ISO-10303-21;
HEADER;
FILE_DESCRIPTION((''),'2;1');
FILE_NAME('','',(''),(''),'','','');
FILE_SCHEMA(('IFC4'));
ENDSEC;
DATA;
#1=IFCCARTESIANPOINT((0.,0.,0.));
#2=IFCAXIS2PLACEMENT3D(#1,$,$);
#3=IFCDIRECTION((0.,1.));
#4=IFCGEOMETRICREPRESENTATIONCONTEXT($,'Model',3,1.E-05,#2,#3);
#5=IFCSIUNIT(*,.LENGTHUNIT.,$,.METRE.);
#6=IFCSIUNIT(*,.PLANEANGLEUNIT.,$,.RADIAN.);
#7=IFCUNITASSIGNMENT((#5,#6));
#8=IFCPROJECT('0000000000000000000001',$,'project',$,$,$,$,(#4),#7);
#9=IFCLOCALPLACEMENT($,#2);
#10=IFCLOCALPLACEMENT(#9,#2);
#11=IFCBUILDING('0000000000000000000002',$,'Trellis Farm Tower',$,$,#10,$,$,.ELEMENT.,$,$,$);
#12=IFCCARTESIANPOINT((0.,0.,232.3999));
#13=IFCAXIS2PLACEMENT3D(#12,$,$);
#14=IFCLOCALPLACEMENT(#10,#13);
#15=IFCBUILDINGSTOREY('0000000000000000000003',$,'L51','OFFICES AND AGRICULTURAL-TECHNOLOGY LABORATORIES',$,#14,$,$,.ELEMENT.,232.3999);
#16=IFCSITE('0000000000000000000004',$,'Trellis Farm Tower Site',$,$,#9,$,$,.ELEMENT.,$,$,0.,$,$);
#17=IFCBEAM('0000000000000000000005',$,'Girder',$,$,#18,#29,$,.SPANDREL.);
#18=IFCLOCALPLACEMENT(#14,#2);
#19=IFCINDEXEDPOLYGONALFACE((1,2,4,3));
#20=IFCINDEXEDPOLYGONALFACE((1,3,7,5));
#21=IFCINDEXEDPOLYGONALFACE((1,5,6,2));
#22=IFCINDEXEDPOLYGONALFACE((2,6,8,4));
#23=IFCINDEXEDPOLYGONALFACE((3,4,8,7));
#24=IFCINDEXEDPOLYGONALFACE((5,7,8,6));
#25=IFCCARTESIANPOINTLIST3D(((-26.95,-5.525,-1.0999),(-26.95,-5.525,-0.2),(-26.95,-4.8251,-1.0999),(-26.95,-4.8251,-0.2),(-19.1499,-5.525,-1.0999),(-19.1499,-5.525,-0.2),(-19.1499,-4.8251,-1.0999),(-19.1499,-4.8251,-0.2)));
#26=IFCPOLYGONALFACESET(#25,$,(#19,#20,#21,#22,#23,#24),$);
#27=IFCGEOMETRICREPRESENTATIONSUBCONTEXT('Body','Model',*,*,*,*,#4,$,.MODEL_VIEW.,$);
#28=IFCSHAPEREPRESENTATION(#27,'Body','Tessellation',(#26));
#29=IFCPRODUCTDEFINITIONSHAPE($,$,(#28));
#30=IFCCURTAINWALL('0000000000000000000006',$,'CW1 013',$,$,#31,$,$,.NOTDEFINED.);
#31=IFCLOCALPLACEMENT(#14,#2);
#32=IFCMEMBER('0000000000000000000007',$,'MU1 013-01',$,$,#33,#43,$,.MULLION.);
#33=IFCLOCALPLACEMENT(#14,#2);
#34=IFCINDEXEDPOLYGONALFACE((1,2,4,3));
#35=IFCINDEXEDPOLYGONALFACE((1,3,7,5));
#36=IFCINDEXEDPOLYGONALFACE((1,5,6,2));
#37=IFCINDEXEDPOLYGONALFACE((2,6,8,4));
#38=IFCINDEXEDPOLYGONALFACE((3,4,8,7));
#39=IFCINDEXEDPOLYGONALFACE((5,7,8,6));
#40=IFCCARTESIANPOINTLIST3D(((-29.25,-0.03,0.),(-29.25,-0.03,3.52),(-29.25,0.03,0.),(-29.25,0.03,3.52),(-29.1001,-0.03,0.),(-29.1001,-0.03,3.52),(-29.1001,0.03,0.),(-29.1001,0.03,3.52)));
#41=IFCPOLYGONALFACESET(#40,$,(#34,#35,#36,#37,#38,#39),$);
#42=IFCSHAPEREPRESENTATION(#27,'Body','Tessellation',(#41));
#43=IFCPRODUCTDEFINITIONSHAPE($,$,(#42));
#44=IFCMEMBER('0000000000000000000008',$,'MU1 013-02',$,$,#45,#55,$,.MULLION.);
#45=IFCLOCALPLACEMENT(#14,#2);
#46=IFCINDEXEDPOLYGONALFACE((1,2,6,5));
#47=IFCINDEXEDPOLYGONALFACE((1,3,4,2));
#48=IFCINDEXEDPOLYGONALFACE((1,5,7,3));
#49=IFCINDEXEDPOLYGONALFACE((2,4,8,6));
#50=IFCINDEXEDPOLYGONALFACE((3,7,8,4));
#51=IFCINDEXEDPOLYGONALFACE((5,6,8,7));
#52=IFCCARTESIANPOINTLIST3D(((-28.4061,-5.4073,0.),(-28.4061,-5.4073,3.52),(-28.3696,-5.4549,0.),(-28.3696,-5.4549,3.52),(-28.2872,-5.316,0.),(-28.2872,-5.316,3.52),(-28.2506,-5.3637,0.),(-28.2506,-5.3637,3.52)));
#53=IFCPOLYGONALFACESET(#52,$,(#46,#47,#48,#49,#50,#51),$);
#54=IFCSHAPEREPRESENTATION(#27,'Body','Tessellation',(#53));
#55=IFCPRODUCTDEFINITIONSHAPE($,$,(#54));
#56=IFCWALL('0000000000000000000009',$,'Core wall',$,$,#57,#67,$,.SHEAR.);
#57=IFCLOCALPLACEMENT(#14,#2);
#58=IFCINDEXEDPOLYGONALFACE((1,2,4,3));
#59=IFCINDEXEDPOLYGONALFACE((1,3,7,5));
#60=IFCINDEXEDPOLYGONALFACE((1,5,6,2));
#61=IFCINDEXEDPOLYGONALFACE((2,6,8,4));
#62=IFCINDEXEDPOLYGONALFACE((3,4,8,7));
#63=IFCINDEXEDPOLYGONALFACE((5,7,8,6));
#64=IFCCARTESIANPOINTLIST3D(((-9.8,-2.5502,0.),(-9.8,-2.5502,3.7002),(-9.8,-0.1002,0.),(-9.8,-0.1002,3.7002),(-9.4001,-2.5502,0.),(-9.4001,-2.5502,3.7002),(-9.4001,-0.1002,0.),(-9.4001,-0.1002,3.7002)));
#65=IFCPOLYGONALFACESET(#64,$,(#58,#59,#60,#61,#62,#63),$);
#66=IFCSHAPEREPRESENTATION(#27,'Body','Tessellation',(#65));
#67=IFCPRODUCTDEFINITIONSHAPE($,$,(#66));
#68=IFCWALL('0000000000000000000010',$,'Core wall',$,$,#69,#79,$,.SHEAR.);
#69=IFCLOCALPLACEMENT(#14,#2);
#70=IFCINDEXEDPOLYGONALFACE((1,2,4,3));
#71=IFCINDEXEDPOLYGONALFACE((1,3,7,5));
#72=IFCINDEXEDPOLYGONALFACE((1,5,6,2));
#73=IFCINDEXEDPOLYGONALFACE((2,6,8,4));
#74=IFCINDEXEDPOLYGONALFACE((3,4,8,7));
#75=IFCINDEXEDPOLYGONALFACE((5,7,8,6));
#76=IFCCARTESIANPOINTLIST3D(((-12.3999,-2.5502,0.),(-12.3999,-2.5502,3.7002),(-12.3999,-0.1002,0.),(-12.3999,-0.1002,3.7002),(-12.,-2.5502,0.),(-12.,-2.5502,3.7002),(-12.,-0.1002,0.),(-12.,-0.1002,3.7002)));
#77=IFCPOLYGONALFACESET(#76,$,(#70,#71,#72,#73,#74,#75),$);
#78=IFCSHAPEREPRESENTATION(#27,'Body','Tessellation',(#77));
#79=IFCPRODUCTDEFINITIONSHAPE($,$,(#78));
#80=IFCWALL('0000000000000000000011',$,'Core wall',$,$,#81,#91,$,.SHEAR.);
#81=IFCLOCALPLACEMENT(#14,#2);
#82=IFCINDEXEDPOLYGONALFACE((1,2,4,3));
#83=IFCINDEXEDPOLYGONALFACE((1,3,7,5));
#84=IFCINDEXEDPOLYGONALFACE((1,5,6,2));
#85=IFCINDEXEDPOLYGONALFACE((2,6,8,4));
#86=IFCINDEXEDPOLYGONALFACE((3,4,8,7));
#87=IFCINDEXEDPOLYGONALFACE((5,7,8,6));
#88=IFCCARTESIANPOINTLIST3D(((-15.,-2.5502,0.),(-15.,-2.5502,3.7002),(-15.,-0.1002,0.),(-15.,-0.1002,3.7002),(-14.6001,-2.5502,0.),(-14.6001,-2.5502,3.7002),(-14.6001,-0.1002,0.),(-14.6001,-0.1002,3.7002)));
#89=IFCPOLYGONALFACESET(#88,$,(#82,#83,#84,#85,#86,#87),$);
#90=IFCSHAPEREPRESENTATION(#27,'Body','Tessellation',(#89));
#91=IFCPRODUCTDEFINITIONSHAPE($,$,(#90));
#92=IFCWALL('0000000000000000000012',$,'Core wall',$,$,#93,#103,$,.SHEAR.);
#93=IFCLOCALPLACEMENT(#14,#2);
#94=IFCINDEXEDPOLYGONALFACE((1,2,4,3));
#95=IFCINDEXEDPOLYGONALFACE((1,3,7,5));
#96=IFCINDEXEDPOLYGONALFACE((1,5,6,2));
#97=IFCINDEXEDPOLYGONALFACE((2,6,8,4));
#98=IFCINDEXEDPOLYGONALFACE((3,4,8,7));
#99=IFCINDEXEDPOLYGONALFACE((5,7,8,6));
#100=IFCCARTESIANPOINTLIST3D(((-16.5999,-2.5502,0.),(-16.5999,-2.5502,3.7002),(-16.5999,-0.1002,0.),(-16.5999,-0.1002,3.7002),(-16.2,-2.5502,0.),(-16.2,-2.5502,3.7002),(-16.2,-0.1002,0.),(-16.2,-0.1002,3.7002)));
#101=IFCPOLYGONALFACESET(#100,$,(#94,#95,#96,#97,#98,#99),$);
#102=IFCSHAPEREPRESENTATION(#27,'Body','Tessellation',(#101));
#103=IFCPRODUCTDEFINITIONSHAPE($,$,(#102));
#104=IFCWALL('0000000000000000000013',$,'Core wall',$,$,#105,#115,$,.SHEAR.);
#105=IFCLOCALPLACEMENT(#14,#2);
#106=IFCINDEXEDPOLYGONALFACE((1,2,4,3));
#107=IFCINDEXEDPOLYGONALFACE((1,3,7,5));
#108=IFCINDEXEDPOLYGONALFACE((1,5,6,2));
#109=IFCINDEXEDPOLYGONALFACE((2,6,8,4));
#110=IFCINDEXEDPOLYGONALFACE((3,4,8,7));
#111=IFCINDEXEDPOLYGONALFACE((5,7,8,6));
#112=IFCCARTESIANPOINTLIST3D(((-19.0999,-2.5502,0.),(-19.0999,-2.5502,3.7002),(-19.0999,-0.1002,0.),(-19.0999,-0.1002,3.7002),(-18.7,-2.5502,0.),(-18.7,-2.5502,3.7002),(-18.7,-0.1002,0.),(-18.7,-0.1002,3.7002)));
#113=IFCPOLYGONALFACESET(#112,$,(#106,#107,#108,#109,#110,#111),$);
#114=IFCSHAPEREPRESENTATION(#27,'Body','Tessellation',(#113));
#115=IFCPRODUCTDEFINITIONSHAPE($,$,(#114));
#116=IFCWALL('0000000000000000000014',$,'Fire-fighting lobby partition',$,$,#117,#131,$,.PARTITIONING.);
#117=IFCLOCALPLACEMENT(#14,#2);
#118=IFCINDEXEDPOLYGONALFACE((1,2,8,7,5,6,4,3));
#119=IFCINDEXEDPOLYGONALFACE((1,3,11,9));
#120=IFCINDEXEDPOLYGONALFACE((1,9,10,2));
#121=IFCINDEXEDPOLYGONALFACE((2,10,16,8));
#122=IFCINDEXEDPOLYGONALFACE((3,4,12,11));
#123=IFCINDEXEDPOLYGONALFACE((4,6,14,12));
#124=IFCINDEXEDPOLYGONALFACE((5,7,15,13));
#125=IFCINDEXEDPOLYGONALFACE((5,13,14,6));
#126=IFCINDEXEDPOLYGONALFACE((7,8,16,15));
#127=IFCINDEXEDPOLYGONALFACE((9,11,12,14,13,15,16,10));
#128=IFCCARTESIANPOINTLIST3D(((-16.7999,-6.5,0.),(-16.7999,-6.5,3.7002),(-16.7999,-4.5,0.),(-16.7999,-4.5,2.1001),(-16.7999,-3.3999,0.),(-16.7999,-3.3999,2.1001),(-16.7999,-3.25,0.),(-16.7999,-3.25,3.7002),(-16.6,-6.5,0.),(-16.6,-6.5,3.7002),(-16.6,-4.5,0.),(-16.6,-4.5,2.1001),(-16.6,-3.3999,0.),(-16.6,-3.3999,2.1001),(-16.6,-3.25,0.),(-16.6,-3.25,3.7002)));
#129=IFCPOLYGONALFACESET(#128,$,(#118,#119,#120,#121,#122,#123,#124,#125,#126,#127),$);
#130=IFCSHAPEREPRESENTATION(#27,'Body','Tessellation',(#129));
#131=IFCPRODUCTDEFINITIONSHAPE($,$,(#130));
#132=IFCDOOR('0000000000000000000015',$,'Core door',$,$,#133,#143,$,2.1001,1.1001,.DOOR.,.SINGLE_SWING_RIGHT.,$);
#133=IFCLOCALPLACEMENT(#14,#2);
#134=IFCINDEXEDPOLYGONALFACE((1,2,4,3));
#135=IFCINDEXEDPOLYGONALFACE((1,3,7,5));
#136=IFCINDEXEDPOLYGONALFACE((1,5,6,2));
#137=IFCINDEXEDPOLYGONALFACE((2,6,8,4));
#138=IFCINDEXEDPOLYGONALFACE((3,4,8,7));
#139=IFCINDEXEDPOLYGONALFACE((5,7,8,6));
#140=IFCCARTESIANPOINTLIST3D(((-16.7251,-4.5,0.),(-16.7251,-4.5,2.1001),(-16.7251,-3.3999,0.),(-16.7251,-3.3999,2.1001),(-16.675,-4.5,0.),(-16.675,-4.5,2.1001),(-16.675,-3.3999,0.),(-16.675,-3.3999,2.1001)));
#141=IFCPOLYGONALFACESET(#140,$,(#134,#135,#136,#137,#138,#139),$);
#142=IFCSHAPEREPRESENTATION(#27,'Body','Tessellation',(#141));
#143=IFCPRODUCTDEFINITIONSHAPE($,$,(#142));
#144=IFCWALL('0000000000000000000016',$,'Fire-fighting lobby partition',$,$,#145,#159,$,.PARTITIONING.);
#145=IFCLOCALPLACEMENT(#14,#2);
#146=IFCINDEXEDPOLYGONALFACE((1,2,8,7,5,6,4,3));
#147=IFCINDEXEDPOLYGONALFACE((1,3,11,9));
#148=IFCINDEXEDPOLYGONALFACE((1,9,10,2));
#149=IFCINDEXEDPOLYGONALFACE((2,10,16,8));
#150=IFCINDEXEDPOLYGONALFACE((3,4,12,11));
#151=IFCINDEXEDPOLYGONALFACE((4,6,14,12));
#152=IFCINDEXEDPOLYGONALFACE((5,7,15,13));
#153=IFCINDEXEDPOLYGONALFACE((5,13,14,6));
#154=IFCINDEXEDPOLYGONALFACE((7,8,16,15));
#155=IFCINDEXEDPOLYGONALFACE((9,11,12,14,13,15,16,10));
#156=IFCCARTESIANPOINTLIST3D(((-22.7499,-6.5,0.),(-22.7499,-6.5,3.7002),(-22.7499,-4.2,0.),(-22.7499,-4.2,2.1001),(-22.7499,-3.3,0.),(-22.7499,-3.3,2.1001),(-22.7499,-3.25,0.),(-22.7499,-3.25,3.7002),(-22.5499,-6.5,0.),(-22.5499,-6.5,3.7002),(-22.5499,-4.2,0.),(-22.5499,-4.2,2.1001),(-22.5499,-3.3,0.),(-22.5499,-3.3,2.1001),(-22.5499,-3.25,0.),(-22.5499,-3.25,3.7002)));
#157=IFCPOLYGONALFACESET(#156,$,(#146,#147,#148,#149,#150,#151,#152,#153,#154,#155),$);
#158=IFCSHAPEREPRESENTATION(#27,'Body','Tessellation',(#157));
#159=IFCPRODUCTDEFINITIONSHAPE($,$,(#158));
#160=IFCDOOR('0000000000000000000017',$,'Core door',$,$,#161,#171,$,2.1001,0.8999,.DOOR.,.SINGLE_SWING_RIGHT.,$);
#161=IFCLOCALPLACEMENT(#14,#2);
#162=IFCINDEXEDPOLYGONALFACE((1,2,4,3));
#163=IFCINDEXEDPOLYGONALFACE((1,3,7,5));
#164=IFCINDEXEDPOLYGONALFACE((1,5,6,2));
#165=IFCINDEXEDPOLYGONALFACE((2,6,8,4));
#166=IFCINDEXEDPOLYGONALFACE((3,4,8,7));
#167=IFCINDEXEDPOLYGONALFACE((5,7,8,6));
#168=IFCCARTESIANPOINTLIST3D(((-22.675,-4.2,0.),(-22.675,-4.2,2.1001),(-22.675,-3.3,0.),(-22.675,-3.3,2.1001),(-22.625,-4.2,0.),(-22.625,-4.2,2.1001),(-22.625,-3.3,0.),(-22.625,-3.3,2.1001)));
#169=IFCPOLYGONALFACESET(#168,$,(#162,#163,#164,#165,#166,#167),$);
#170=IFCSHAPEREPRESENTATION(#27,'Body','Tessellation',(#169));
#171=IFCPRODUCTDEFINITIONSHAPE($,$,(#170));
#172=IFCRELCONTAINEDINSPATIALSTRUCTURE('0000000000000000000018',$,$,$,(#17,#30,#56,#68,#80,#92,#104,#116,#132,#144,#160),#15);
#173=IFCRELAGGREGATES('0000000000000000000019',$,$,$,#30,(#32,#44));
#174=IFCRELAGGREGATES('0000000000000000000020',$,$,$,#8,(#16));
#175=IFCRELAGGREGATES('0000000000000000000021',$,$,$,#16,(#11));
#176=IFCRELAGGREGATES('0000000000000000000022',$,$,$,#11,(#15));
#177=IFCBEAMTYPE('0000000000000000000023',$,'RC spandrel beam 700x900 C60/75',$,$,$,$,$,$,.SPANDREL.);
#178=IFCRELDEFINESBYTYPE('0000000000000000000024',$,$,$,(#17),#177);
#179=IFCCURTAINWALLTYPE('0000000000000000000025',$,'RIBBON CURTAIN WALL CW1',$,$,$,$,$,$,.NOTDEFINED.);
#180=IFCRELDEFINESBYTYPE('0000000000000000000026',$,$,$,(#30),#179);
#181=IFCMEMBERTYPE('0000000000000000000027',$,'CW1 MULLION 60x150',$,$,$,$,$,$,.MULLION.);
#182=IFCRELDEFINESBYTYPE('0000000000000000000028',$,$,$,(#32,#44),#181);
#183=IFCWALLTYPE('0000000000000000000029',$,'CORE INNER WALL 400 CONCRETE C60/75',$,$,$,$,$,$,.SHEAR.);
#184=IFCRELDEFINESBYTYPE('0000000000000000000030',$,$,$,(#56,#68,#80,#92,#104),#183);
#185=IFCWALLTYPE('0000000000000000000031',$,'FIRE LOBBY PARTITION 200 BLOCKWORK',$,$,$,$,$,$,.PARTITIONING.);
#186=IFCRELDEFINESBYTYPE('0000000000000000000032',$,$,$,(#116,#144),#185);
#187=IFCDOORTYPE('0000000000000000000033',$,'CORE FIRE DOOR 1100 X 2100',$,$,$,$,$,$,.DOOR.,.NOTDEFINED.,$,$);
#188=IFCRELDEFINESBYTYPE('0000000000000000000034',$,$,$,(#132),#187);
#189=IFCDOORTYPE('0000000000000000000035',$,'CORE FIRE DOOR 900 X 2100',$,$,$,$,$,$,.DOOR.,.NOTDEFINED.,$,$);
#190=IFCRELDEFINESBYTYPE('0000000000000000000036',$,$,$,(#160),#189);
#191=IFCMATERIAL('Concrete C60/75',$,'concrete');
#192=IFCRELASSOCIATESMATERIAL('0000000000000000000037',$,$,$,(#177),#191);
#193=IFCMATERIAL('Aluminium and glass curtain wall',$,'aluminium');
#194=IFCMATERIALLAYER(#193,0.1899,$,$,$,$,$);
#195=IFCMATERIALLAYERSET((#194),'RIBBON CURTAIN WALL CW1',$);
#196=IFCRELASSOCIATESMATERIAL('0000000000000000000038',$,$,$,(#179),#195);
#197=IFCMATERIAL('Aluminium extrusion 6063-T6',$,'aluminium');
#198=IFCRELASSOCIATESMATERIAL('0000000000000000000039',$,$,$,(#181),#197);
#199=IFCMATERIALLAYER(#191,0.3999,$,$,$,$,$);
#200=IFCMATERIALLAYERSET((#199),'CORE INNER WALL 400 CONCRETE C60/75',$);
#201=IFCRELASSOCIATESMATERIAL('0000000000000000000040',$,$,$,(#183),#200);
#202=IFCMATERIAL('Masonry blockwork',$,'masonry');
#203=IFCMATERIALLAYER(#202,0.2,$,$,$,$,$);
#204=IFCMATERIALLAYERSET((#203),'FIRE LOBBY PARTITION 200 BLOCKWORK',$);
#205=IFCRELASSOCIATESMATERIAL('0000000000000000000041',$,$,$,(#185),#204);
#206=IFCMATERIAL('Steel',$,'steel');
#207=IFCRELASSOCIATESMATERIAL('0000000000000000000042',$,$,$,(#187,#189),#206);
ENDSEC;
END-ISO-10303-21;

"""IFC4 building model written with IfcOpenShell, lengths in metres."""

from ifc_helpers import new_model, si_unit, direction, frame, frame_2d, origin, origin_2d, place, context, subcontext, project, spatial, rectangle, extrude, source, transform, mapped, material, layer, layer_set, material_profile, profile_set, type_object, element, fill, aggregate, save


model = new_model("IFC4")

# Units and contexts
model_context = context("Model", 3, precision=1e-05, world=origin(), true_north=direction((0.0, 1.0)))
body_context = subcontext(model_context, "Body", "Model", "MODEL_VIEW")
ifc_project = project(units=[si_unit("LENGTHUNIT", "METRE"), si_unit("PLANEANGLEUNIT", "RADIAN")], contexts=[model_context])

# Site, building, storey
site_placement = place(None, origin())
site = spatial("IfcSite", under=ifc_project, at=site_placement, Name="Trellis Farm Tower Site", CompositionType="ELEMENT", RefElevation=0.0)
building_placement = place(site_placement, origin())
building = spatial("IfcBuilding", under=site, at=building_placement, Name="Trellis Farm Tower", CompositionType="ELEMENT")
storey_placement = place(building_placement, frame((0.0, 0.0, 232.3999)))
storey = spatial("IfcBuildingStorey", under=building, at=storey_placement, Name="L51", Description="OFFICES AND AGRICULTURAL-TECHNOLOGY LABORATORIES", CompositionType="ELEMENT", Elevation=232.3999)

# Shared definitions
ifc_material_1 = material(Name="Concrete C60/75", Category="concrete")

# Beam
ifc_material_profile_1 = material_profile(ifc_material_1, rectangle(XDim=0.7, YDim=0.8999, at=origin_2d()), Name="RC spandrel beam 700x900 C60/75")
ifc_profile_set_1 = profile_set([ifc_material_profile_1], Name="Concrete C60/75")
beam_type_1 = type_object("IfcBeamType", Name="RC spandrel beam 700x900 C60/75", PredefinedType="SPANDREL", material=ifc_profile_set_1)
shared_shape_1 = source(origin(), body_context, "Body", "SweptSolid", [
    extrude(rectangle(XDim=0.7, YDim=0.8999, at=origin_2d()), origin(), (0.0, 0.0, 1.0), 7.8),
])
beam_1_placement = place(storey_placement, frame((-26.95, -5.175, -0.6499), z_axis=(1.0, 0.0, 0.0), x_axis=(0.0, 1.0, 0.0)))
element("IfcBeam", 1, at=beam_1_placement, inside=storey, type_object=beam_type_1, Name="Girder", PredefinedType="SPANDREL", context=body_context, shape_type="MappedRepresentation", body=[
    mapped(shared_shape_1, transform((0.0, 0.0, 0.0))),
])

# Curtain wall, members
ifc_material_2 = material(Name="Aluminium and glass curtain wall", Category="aluminium")
ifc_layer_1 = layer(ifc_material_2, 0.1899)
ifc_layer_set_1 = layer_set([ifc_layer_1], Name="RIBBON CURTAIN WALL CW1")
curtain_wall_type = type_object("IfcCurtainWallType", Name="RIBBON CURTAIN WALL CW1", PredefinedType="NOTDEFINED", material=ifc_layer_set_1)
curtain_wall_placement = place(storey_placement, origin())
curtain_wall = element("IfcCurtainWall", 2, at=curtain_wall_placement, inside=storey, type_object=curtain_wall_type, Name="CW1 013", PredefinedType="NOTDEFINED")
ifc_material_3 = material(Name="Aluminium extrusion 6063-T6", Category="aluminium")
ifc_material_profile_2 = material_profile(ifc_material_3, rectangle(XDim=0.0601, YDim=0.1499, at=origin_2d()), Name="MULLION 60x150")
ifc_profile_set_2 = profile_set([ifc_material_profile_2], Name="Aluminium extrusion 6063-T6")
member_type = type_object("IfcMemberType", Name="CW1 MULLION 60x150", PredefinedType="MULLION", material=ifc_profile_set_2)
shared_shape_2 = source(origin(), body_context, "Body", "SweptSolid", [
    extrude(rectangle(XDim=0.0601, YDim=0.1499, at=origin_2d()), origin(), (0.0, 0.0, 1.0), 3.52),
])
member_1_placement = place(storey_placement, frame((-29.175, 0.0, 0.0), z_axis=(0.0, 0.0, 1.0), x_axis=(0.0, -1.0, 0.0)))
member_1 = element("IfcMember", 3, at=member_1_placement, type_object=member_type, Name="MU1 013-01", PredefinedType="MULLION", context=body_context, shape_type="MappedRepresentation", body=[
    mapped(shared_shape_2, transform((0.0, 0.0, 0.0))),
])
member_2_placement = place(storey_placement, frame((-28.3284, -5.3855, 0.0), z_axis=(0.0, 0.0, 1.0), x_axis=(0.608761, -0.793353, 0.0)))
member_2 = element("IfcMember", 4, at=member_2_placement, type_object=member_type, Name="MU1 013-02", PredefinedType="MULLION", context=body_context, shape_type="MappedRepresentation", body=[
    mapped(shared_shape_2, transform((0.0, 0.0, 0.0))),
])
aggregate(curtain_wall, [member_1, member_2])

# Walls
ifc_layer_2 = layer(ifc_material_1, 0.3999)
ifc_layer_set_2 = layer_set([ifc_layer_2], Name="CORE INNER WALL 400 CONCRETE C60/75")
wall_type_1 = type_object("IfcWallType", Name="CORE INNER WALL 400 CONCRETE C60/75", PredefinedType="SHEAR", material=ifc_layer_set_2)
shared_shape_3 = source(origin(), body_context, "Body", "SweptSolid", [
    extrude(rectangle(XDim=2.45, YDim=0.3999, at=frame_2d((1.2251, 0.0))), origin(), (0.0, 0.0, 1.0), 3.7002),
])
for number, where, z_axis, x_axis, name in (
    (5, (-9.6001, -0.1001, 0.0), (0.0, 0.0, 1.0), (0.0, -1.0, 0.0), "Core wall"),
    (6, (-12.2, -0.1001, 0.0), (0.0, 0.0, 1.0), (0.0, -1.0, 0.0), "Core wall"),
    (7, (-14.8, -0.1001, 0.0), (0.0, 0.0, 1.0), (0.0, -1.0, 0.0), "Core wall"),
    (8, (-16.3999, -0.1001, 0.0), (0.0, 0.0, 1.0), (0.0, -1.0, 0.0), "Core wall"),
    (9, (-18.8999, -0.1001, 0.0), (0.0, 0.0, 1.0), (0.0, -1.0, 0.0), "Core wall"),
):
    element("IfcWall", number, at=place(storey_placement, frame(where, z_axis=z_axis, x_axis=x_axis)), inside=storey, type_object=wall_type_1, Name=name, PredefinedType="SHEAR", context=body_context, shape_type="MappedRepresentation", body=[
        mapped(shared_shape_3, transform((0.0, 0.0, 0.0))),
    ])

# Walls, openings, doors
ifc_material_4 = material(Name="Masonry blockwork", Category="masonry")
ifc_layer_3 = layer(ifc_material_4, 0.2)
ifc_layer_set_3 = layer_set([ifc_layer_3], Name="FIRE LOBBY PARTITION 200 BLOCKWORK")
wall_type_2 = type_object("IfcWallType", Name="FIRE LOBBY PARTITION 200 BLOCKWORK", PredefinedType="PARTITIONING", material=ifc_layer_set_3)
shared_shape_4 = source(origin(), body_context, "Body", "SweptSolid", [
    extrude(rectangle(XDim=3.25, YDim=0.2, at=frame_2d((1.625, 0.0))), origin(), (0.0, 0.0, 1.0), 3.7002),
])
wall_1_placement = place(storey_placement, frame((-16.7, -3.25, 0.0), z_axis=(0.0, 0.0, 1.0), x_axis=(0.0, -1.0, 0.0)))
wall_1 = element("IfcWall", 10, at=wall_1_placement, inside=storey, type_object=wall_type_2, Name="Fire-fighting lobby partition", PredefinedType="PARTITIONING", context=body_context, shape_type="MappedRepresentation", body=[
    mapped(shared_shape_4, transform((0.0, 0.0, 0.0))),
])
shared_shape_5 = source(origin(), body_context, "Body", "SweptSolid", [
    extrude(rectangle(XDim=1.1001, YDim=2.1001, at=frame_2d((0.55, 1.05))), frame((0.0, 0.1101, 0.0), z_axis=(0.0, -1.0, 0.0), x_axis=(1.0, 0.0, 0.0)), (0.0, 0.0, 1.0), 0.2202),
])
opening_1_placement = place(wall_1_placement, frame((0.1499, 0.0, 0.0)))
opening_1 = element("IfcOpeningElement", 11, at=opening_1_placement, cuts=wall_1, PredefinedType="OPENING", context=body_context, shape_type="MappedRepresentation", body=[
    mapped(shared_shape_5, transform((0.0, 0.0, 0.0))),
])
ifc_material_5 = material(Name="Steel", Category="steel")
door_type_1 = type_object("IfcDoorType", Name="CORE FIRE DOOR 1100 X 2100", OperationType="NOTDEFINED", PredefinedType="DOOR", material=ifc_material_5)
shared_shape_6 = source(origin(), body_context, "Body", "SweptSolid", [
    extrude(rectangle(XDim=1.1001, YDim=2.1001, at=frame_2d((0.55, 1.05))), frame((0.0, 0.0249, 0.0), z_axis=(0.0, -1.0, 0.0), x_axis=(1.0, 0.0, 0.0)), (0.0, 0.0, 1.0), 0.05),
])
door_1_placement = place(opening_1_placement, origin())
door_1 = element("IfcDoor", 12, at=door_1_placement, inside=storey, type_object=door_type_1, Name="Core door", OperationType="SINGLE_SWING_RIGHT", OverallHeight=2.1001, OverallWidth=1.1001, PredefinedType="DOOR", context=body_context, shape_type="MappedRepresentation", body=[
    mapped(shared_shape_6, transform((0.0, 0.0, 0.0))),
])
fill(opening_1, door_1)
wall_2_placement = place(storey_placement, frame((-22.6499, -3.25, 0.0), z_axis=(0.0, 0.0, 1.0), x_axis=(0.0, -1.0, 0.0)))
wall_2 = element("IfcWall", 13, at=wall_2_placement, inside=storey, type_object=wall_type_2, Name="Fire-fighting lobby partition", PredefinedType="PARTITIONING", context=body_context, shape_type="MappedRepresentation", body=[
    mapped(shared_shape_4, transform((0.0, 0.0, 0.0))),
])
shared_shape_7 = source(origin(), body_context, "Body", "SweptSolid", [
    extrude(rectangle(XDim=0.8999, YDim=2.1001, at=frame_2d((0.45, 1.05))), frame((0.0, 0.1101, 0.0), z_axis=(0.0, -1.0, 0.0), x_axis=(1.0, 0.0, 0.0)), (0.0, 0.0, 1.0), 0.2202),
])
opening_2_placement = place(wall_2_placement, frame((0.05, 0.0, 0.0)))
opening_2 = element("IfcOpeningElement", 14, at=opening_2_placement, cuts=wall_2, PredefinedType="OPENING", context=body_context, shape_type="MappedRepresentation", body=[
    mapped(shared_shape_7, transform((0.0, 0.0, 0.0))),
])
door_type_2 = type_object("IfcDoorType", Name="CORE FIRE DOOR 900 X 2100", OperationType="NOTDEFINED", PredefinedType="DOOR", material=ifc_material_5)
shared_shape_8 = source(origin(), body_context, "Body", "SweptSolid", [
    extrude(rectangle(XDim=0.8999, YDim=2.1001, at=frame_2d((0.45, 1.05))), frame((0.0, 0.0249, 0.0), z_axis=(0.0, -1.0, 0.0), x_axis=(1.0, 0.0, 0.0)), (0.0, 0.0, 1.0), 0.05),
])
door_2_placement = place(opening_2_placement, origin())
door_2 = element("IfcDoor", 15, at=door_2_placement, inside=storey, type_object=door_type_2, Name="Core door", OperationType="SINGLE_SWING_RIGHT", OverallHeight=2.1001, OverallWidth=0.8999, PredefinedType="DOOR", context=body_context, shape_type="MappedRepresentation", body=[
    mapped(shared_shape_8, transform((0.0, 0.0, 0.0))),
])
fill(opening_2, door_2)

save(model, "model.ifc")
